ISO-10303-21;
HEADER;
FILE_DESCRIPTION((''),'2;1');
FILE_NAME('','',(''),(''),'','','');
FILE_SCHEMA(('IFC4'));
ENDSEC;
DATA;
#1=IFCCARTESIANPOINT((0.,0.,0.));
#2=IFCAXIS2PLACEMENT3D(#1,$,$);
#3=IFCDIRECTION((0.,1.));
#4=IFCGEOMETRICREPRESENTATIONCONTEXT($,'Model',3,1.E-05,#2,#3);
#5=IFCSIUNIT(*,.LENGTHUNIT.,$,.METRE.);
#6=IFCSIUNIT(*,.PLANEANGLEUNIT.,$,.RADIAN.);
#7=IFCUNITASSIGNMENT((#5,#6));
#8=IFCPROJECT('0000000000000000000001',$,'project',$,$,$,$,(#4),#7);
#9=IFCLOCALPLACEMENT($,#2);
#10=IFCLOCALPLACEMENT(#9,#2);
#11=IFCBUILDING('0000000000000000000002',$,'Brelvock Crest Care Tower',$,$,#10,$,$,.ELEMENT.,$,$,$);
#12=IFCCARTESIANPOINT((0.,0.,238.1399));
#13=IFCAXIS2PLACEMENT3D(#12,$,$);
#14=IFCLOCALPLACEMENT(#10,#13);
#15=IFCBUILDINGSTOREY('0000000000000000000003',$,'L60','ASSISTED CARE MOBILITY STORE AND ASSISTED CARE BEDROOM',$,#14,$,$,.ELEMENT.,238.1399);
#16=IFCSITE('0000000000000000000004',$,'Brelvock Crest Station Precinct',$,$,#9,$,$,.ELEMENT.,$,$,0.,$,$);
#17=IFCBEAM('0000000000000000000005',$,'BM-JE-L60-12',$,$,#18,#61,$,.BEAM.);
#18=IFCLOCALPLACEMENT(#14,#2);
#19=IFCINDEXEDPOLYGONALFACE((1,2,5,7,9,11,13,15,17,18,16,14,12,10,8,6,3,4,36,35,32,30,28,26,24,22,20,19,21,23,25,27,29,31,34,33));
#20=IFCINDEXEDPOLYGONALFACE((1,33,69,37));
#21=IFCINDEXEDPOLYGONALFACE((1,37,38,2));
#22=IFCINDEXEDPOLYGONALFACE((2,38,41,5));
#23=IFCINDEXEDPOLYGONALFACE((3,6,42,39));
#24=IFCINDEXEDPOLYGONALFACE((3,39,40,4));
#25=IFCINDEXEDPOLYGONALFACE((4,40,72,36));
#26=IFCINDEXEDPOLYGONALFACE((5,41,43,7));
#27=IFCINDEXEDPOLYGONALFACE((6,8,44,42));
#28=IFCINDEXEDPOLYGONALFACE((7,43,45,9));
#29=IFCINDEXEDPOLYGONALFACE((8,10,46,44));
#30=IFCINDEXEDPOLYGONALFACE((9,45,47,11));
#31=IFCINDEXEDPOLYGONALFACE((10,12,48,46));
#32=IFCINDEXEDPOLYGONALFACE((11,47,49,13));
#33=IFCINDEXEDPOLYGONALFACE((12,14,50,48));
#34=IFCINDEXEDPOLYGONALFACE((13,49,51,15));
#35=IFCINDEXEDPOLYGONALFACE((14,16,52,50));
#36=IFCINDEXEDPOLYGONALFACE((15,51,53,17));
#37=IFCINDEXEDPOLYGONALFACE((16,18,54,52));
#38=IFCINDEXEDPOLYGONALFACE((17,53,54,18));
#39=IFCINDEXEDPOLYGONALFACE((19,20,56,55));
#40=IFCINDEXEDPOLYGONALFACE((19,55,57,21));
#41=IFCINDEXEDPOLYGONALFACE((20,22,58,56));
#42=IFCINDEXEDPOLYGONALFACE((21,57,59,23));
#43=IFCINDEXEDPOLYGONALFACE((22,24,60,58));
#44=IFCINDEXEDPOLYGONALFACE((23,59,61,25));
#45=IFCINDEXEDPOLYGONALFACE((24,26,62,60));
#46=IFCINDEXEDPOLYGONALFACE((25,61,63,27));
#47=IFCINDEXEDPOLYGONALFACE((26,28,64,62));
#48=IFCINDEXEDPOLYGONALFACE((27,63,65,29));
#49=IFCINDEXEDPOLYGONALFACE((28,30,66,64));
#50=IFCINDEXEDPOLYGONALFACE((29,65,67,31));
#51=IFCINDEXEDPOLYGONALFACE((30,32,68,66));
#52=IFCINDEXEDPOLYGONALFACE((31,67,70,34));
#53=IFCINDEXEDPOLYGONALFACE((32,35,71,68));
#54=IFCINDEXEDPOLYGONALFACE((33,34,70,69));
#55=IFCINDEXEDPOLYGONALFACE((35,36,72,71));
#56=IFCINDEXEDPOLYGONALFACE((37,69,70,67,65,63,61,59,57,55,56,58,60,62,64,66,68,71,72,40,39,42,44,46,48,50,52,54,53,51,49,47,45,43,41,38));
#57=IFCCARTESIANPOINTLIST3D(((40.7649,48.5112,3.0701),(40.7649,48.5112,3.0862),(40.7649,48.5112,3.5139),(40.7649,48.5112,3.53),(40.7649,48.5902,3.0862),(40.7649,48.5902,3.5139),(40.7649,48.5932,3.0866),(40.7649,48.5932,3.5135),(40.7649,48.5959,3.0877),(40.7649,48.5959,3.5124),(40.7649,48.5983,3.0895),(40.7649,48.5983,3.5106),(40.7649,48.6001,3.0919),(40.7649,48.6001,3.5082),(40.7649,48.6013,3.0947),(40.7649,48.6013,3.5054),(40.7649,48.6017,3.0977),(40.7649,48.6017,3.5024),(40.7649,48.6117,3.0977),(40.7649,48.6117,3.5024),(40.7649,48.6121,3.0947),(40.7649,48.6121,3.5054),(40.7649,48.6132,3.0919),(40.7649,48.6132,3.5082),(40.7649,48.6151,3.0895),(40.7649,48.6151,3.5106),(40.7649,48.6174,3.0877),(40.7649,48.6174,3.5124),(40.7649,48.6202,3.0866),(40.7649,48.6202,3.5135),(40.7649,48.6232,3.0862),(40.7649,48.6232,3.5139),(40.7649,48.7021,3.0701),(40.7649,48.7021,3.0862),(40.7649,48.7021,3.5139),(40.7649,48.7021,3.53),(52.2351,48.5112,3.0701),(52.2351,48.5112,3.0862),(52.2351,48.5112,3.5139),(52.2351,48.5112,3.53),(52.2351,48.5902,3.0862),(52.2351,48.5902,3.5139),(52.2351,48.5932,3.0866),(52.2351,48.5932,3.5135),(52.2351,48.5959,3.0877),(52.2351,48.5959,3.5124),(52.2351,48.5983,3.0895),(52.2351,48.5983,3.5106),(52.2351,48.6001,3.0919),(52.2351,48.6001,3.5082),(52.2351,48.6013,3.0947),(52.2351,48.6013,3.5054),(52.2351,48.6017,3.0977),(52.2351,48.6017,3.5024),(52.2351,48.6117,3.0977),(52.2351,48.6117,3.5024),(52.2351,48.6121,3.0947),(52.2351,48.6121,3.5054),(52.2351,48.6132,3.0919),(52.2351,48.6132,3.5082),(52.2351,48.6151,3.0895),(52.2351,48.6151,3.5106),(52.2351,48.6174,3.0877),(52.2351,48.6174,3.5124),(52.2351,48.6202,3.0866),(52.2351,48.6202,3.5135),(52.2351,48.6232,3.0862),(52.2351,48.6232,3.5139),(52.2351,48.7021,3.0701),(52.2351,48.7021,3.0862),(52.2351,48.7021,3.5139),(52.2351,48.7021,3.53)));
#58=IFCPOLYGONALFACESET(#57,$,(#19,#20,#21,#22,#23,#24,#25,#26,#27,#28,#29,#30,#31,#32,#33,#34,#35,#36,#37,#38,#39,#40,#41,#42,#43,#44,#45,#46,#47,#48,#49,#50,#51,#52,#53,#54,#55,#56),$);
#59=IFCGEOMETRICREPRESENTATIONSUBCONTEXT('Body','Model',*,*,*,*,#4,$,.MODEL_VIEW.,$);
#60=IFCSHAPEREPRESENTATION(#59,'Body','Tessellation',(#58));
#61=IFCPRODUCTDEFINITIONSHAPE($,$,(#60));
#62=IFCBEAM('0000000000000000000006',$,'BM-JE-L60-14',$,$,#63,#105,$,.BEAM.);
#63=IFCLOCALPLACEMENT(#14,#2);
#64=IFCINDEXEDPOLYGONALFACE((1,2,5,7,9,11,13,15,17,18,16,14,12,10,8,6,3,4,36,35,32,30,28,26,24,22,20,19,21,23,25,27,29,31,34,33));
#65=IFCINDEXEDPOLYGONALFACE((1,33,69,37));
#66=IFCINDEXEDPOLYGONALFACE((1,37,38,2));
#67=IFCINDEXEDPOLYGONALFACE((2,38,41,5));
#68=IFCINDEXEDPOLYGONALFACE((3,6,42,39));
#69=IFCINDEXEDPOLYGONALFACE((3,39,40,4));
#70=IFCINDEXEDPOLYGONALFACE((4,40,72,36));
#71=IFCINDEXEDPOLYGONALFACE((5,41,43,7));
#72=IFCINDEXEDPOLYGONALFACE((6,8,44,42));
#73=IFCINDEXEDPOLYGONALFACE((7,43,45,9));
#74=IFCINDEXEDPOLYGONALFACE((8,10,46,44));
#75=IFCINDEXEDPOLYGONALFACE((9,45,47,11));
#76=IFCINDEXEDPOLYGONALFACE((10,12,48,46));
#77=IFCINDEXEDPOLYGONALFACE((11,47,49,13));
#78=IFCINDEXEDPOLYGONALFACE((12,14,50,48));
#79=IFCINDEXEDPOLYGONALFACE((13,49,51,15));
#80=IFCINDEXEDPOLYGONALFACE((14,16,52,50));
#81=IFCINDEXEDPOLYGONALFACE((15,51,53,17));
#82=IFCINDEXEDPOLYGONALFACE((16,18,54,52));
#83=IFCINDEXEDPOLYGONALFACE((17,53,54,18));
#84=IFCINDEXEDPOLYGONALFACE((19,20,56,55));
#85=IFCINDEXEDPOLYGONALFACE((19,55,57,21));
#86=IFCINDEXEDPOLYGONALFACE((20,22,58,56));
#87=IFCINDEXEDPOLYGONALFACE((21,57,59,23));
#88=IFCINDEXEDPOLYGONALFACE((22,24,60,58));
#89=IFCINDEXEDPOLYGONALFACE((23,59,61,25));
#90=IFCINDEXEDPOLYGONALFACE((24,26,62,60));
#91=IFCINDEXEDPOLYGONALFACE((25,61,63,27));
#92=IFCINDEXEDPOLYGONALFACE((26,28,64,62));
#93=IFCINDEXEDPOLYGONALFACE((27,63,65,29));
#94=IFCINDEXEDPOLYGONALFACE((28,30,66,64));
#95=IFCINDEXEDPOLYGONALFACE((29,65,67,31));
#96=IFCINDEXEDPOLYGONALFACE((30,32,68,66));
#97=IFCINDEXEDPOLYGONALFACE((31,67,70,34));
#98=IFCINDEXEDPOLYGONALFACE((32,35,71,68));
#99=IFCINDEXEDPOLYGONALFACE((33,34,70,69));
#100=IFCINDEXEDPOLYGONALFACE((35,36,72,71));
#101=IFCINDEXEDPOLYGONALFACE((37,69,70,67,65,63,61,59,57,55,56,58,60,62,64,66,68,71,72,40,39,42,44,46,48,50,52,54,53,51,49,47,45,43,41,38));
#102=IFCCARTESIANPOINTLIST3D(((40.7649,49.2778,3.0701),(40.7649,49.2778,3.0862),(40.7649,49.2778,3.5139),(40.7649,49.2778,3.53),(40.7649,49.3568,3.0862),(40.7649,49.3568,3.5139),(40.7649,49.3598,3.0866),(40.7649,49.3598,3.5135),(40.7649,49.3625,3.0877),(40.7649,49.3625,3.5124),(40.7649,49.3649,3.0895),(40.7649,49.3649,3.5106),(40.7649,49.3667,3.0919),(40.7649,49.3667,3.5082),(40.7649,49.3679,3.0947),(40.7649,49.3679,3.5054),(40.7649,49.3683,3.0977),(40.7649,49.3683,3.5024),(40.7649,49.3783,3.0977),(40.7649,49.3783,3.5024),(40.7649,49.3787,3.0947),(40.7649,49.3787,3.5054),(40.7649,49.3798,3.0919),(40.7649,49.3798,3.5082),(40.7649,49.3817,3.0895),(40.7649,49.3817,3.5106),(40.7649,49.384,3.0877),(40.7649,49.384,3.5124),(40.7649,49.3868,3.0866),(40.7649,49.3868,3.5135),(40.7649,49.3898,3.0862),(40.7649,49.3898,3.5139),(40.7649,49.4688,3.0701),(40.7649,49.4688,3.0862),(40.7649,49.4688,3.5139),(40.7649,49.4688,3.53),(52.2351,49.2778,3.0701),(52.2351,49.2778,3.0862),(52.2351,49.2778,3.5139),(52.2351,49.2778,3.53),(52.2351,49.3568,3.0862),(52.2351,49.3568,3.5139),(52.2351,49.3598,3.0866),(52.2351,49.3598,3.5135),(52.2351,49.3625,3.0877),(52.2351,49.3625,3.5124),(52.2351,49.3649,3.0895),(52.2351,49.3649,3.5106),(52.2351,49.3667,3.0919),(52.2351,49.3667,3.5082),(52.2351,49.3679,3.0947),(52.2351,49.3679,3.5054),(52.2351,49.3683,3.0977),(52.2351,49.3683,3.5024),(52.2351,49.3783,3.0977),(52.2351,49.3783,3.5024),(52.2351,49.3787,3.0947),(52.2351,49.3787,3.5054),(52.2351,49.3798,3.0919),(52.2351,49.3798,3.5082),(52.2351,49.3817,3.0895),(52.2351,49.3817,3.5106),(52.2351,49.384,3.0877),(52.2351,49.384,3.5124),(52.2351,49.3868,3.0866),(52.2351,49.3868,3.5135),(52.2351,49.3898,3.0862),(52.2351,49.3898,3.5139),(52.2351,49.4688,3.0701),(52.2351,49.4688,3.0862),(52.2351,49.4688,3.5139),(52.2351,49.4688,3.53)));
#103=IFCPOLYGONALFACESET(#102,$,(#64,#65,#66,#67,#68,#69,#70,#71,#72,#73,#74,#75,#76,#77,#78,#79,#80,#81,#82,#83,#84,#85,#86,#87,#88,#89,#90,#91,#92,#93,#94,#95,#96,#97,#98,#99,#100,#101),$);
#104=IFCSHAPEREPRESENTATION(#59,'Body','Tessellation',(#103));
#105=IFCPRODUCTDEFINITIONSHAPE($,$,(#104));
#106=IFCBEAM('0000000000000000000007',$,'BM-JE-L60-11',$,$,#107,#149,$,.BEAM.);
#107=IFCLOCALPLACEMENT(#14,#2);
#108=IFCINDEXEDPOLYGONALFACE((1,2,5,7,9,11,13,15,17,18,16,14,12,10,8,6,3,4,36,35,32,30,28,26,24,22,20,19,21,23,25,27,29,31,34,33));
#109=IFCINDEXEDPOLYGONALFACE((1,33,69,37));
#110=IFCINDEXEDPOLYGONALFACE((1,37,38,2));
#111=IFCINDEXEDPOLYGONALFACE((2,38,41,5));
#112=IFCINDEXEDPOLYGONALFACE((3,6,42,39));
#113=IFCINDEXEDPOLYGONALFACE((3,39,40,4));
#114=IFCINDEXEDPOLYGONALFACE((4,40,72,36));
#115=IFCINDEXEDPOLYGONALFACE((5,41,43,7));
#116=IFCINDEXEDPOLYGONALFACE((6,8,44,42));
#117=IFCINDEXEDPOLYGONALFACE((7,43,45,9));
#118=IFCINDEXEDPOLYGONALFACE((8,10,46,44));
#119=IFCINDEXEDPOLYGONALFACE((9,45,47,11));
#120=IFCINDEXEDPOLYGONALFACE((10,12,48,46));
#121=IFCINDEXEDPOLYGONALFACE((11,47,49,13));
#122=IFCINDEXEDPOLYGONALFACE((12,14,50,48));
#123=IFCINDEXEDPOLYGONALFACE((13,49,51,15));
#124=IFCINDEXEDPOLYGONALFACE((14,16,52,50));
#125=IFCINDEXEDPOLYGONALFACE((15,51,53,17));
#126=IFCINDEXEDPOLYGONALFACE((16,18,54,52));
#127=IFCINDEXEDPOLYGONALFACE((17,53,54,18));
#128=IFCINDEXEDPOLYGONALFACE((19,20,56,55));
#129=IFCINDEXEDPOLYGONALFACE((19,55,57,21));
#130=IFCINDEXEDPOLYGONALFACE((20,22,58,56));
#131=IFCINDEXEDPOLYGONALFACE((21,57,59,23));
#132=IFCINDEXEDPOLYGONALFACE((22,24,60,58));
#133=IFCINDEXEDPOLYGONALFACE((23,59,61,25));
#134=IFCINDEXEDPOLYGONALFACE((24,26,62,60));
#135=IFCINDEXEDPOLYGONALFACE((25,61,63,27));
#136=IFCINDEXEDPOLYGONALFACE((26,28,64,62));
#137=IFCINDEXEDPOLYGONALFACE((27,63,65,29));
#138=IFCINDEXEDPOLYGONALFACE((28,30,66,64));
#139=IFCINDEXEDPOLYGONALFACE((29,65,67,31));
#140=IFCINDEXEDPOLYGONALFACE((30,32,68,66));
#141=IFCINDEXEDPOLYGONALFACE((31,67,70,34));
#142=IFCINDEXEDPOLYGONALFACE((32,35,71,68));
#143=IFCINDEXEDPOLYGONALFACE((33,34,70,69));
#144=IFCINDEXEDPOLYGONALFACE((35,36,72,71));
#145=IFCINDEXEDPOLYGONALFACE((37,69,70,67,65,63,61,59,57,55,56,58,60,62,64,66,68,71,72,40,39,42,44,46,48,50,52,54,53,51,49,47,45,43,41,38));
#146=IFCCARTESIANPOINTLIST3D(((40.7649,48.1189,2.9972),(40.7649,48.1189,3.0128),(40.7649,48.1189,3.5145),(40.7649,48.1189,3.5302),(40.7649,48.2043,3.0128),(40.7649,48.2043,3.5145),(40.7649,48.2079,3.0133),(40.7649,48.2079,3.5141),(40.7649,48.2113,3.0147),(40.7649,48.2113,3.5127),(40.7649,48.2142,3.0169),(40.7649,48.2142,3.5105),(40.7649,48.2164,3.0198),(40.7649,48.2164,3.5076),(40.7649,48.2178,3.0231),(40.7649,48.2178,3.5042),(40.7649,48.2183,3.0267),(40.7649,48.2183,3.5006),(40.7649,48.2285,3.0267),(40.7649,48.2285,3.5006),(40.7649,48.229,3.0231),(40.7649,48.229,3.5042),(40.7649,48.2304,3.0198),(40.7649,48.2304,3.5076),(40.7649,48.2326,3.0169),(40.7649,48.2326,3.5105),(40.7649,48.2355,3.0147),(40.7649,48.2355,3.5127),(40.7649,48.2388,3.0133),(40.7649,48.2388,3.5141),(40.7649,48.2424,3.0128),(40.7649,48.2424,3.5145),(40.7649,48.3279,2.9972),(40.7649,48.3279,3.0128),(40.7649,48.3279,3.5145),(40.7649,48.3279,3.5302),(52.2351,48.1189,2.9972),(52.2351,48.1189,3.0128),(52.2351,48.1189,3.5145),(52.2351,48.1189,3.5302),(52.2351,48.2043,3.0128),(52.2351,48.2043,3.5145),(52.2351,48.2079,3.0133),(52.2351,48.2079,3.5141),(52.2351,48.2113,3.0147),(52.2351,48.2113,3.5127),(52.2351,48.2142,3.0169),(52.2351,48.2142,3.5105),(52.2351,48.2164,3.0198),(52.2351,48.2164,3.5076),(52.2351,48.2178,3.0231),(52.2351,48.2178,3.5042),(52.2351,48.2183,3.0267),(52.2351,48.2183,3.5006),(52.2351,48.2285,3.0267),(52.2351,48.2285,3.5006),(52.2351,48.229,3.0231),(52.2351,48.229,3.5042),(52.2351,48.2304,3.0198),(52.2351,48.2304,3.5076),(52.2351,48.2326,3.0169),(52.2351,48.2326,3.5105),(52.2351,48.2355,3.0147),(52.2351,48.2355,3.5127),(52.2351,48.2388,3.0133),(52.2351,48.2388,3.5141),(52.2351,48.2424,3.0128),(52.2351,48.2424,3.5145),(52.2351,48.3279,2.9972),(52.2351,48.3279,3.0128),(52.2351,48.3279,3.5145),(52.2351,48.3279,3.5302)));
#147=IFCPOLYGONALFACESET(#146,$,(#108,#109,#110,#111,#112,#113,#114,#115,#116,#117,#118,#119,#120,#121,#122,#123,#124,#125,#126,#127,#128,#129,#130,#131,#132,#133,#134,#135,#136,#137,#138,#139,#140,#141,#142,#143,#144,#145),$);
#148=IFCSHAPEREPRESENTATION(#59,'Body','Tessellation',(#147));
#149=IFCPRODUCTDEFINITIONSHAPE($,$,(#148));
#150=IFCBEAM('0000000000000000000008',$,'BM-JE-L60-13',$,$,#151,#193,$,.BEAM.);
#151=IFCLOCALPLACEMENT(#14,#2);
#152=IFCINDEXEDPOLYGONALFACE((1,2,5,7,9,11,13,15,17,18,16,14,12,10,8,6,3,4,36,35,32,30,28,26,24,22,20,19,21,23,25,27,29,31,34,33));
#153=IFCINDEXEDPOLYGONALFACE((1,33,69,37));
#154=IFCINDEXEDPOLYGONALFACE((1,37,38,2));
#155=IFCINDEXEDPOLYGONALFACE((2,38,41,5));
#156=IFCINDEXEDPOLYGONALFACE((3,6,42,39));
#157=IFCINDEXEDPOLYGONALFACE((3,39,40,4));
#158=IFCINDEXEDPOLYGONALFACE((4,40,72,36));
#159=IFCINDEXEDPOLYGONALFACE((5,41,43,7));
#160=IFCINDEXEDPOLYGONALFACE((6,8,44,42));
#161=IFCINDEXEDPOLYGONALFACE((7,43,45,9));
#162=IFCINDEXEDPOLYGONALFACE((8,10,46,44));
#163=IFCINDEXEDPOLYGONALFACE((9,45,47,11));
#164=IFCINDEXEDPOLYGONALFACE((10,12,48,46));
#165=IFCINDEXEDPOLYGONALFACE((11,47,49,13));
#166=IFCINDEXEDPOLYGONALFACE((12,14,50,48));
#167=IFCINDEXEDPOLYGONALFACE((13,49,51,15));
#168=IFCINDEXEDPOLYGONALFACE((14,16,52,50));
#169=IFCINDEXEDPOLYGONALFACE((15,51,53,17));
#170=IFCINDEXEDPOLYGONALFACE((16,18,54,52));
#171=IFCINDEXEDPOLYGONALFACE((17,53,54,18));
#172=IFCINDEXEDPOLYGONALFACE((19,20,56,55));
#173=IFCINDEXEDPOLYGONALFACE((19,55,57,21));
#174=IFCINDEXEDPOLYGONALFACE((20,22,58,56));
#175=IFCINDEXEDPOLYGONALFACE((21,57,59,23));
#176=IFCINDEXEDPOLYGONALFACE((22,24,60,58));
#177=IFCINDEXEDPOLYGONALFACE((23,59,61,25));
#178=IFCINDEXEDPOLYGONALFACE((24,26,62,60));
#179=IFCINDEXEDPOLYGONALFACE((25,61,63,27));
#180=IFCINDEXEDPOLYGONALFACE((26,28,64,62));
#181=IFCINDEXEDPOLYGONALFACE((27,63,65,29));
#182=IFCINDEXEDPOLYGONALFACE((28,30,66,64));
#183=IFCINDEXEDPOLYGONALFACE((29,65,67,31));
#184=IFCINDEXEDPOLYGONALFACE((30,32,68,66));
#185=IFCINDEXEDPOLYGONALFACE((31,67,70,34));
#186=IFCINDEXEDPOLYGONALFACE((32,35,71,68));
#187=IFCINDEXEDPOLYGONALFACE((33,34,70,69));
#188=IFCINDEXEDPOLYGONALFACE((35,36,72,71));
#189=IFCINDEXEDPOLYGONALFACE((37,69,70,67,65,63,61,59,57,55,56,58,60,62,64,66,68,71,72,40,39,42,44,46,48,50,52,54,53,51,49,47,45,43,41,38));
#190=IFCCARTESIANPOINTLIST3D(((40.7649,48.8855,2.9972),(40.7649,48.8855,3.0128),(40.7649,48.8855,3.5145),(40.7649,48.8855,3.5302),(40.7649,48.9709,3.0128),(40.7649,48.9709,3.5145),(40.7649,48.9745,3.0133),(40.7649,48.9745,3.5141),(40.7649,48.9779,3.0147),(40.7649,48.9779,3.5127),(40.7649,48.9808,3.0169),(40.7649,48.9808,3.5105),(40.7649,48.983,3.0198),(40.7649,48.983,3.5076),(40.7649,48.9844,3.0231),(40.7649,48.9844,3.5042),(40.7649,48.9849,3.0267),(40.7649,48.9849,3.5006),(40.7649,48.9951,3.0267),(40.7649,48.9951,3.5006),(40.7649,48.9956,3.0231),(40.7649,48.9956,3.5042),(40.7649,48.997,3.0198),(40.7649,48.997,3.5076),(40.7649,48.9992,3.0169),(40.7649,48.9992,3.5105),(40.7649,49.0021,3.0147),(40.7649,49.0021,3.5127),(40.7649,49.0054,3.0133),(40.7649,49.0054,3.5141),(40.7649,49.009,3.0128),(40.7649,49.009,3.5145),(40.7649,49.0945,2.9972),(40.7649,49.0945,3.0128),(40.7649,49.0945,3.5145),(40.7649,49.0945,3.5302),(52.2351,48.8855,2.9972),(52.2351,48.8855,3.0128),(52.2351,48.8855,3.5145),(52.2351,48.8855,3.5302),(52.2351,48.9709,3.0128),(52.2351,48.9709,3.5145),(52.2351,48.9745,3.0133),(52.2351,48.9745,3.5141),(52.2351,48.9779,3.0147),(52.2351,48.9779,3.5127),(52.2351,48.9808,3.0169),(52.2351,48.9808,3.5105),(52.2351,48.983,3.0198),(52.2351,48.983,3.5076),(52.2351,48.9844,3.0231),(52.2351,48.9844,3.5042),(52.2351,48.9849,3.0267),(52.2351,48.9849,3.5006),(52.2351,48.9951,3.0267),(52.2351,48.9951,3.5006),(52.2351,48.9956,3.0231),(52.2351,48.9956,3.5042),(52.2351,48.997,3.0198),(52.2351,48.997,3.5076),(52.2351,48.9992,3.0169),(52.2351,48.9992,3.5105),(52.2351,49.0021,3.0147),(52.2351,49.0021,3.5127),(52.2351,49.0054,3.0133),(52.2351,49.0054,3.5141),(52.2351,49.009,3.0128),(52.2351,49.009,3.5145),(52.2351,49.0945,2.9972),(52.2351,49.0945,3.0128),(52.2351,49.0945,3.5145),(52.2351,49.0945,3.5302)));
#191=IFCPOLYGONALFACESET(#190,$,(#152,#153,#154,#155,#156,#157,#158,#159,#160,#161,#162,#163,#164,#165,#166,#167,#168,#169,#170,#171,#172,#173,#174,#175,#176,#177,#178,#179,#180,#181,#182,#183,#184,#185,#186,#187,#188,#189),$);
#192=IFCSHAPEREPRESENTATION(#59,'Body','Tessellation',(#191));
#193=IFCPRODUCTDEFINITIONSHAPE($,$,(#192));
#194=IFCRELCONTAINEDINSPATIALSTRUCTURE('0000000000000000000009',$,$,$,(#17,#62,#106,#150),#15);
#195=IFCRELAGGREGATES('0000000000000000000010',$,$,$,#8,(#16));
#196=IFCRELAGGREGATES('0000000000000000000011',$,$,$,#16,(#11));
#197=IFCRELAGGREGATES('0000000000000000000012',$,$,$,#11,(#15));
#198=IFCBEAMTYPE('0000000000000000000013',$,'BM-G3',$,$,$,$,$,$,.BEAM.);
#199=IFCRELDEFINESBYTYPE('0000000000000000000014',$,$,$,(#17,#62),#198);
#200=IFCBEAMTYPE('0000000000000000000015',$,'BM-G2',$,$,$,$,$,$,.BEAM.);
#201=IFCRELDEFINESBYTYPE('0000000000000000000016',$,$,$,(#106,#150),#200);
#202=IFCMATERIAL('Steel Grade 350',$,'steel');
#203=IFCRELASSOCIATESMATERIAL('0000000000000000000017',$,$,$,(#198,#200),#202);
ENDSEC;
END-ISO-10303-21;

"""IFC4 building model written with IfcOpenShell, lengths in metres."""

from ifc_helpers import new_model, si_unit, direction, frame, origin, origin_2d, place, context, subcontext, project, spatial, i_section, extrude, source, transform, mapped, material, material_profile, profile_set, type_object, element, save


model = new_model("IFC4")

# Units and contexts
model_context = context("Model", 3, precision=1e-05, world=origin(), true_north=direction((0.0, 1.0)))
body_context = subcontext(model_context, "Body", "Model", "MODEL_VIEW")
ifc_project = project(units=[si_unit("LENGTHUNIT", "METRE"), si_unit("PLANEANGLEUNIT", "RADIAN")], contexts=[model_context])

# Site, building, storey
site_placement = place(None, origin())
site = spatial("IfcSite", under=ifc_project, at=site_placement, Name="Brelvock Crest Station Precinct", CompositionType="ELEMENT", RefElevation=0.0)
building_placement = place(site_placement, origin())
building = spatial("IfcBuilding", under=site, at=building_placement, Name="Brelvock Crest Care Tower", CompositionType="ELEMENT")
storey_placement = place(building_placement, frame((0.0, 0.0, 238.1399)))
storey = spatial("IfcBuildingStorey", under=building, at=storey_placement, Name="L60", Description="ASSISTED CARE MOBILITY STORE AND ASSISTED CARE BEDROOM", CompositionType="ELEMENT", Elevation=238.1399)

# Beams
ifc_material_1 = material(Name="Steel Grade 350", Category="steel")
ifc_material_profile_1 = material_profile(ifc_material_1, i_section(OverallWidth=0.1909, OverallDepth=0.46, WebThickness=0.01, FlangeThickness=0.0161, FilletRadius=0.0115, at=origin_2d()), Name="460UB82.1")
ifc_profile_set_1 = profile_set([ifc_material_profile_1], Name="Steel Grade 350")
beam_type_1 = type_object("IfcBeamType", Name="BM-G3", PredefinedType="BEAM", material=ifc_profile_set_1)
shared_shape_1 = source(origin(), body_context, "Body", "SweptSolid", [
    extrude(i_section(OverallWidth=0.1909, OverallDepth=0.46, WebThickness=0.01, FlangeThickness=0.0161, FilletRadius=0.0115, at=origin_2d()), origin(), (0.0, 0.0, 1.0), 11.4702),
])
for number, where, z_axis, x_axis, name in (
    (1, (40.7649, 48.6067, 3.3), (1.0, 0.0, 0.0), (0.0, 1.0, 0.0), "BM-JE-L60-12"),
    (2, (40.7649, 49.3733, 3.3), (1.0, 0.0, 0.0), (0.0, 1.0, 0.0), "BM-JE-L60-14"),
):
    element("IfcBeam", number, at=place(storey_placement, frame(where, z_axis=z_axis, x_axis=x_axis)), inside=storey, type_object=beam_type_1, Name=name, PredefinedType="BEAM", context=body_context, shape_type="MappedRepresentation", body=[
        mapped(shared_shape_1, transform((0.0, 0.0, 0.0), x_axis=(1.0, 0.0, 0.0), y_axis=(0.0, 1.0, 0.0), z_axis=(0.0, 0.0, 1.0), scale=1.0)),
    ])
ifc_material_profile_2 = material_profile(ifc_material_1, i_section(OverallWidth=0.209, OverallDepth=0.533, WebThickness=0.0103, FlangeThickness=0.0156, FilletRadius=0.0139, at=origin_2d()), Name="530UB92.4")
ifc_profile_set_2 = profile_set([ifc_material_profile_2], Name="Steel Grade 350")
beam_type_2 = type_object("IfcBeamType", Name="BM-G2", PredefinedType="BEAM", material=ifc_profile_set_2)
shared_shape_2 = source(origin(), body_context, "Body", "SweptSolid", [
    extrude(i_section(OverallWidth=0.209, OverallDepth=0.533, WebThickness=0.0103, FlangeThickness=0.0156, FilletRadius=0.0139, at=origin_2d()), origin(), (0.0, 0.0, 1.0), 11.4702),
])
for number, where, z_axis, x_axis, name in (
    (3, (40.7649, 48.2234, 3.2637), (1.0, 0.0, 0.0), (0.0, 1.0, 0.0), "BM-JE-L60-11"),
    (4, (40.7649, 48.99, 3.2637), (1.0, 0.0, 0.0), (0.0, 1.0, 0.0), "BM-JE-L60-13"),
):
    element("IfcBeam", number, at=place(storey_placement, frame(where, z_axis=z_axis, x_axis=x_axis)), inside=storey, type_object=beam_type_2, Name=name, PredefinedType="BEAM", context=body_context, shape_type="MappedRepresentation", body=[
        mapped(shared_shape_2, transform((0.0, 0.0, 0.0), x_axis=(1.0, 0.0, 0.0), y_axis=(0.0, 1.0, 0.0), z_axis=(0.0, 0.0, 1.0), scale=1.0)),
    ])

save(model, "model.ifc")
